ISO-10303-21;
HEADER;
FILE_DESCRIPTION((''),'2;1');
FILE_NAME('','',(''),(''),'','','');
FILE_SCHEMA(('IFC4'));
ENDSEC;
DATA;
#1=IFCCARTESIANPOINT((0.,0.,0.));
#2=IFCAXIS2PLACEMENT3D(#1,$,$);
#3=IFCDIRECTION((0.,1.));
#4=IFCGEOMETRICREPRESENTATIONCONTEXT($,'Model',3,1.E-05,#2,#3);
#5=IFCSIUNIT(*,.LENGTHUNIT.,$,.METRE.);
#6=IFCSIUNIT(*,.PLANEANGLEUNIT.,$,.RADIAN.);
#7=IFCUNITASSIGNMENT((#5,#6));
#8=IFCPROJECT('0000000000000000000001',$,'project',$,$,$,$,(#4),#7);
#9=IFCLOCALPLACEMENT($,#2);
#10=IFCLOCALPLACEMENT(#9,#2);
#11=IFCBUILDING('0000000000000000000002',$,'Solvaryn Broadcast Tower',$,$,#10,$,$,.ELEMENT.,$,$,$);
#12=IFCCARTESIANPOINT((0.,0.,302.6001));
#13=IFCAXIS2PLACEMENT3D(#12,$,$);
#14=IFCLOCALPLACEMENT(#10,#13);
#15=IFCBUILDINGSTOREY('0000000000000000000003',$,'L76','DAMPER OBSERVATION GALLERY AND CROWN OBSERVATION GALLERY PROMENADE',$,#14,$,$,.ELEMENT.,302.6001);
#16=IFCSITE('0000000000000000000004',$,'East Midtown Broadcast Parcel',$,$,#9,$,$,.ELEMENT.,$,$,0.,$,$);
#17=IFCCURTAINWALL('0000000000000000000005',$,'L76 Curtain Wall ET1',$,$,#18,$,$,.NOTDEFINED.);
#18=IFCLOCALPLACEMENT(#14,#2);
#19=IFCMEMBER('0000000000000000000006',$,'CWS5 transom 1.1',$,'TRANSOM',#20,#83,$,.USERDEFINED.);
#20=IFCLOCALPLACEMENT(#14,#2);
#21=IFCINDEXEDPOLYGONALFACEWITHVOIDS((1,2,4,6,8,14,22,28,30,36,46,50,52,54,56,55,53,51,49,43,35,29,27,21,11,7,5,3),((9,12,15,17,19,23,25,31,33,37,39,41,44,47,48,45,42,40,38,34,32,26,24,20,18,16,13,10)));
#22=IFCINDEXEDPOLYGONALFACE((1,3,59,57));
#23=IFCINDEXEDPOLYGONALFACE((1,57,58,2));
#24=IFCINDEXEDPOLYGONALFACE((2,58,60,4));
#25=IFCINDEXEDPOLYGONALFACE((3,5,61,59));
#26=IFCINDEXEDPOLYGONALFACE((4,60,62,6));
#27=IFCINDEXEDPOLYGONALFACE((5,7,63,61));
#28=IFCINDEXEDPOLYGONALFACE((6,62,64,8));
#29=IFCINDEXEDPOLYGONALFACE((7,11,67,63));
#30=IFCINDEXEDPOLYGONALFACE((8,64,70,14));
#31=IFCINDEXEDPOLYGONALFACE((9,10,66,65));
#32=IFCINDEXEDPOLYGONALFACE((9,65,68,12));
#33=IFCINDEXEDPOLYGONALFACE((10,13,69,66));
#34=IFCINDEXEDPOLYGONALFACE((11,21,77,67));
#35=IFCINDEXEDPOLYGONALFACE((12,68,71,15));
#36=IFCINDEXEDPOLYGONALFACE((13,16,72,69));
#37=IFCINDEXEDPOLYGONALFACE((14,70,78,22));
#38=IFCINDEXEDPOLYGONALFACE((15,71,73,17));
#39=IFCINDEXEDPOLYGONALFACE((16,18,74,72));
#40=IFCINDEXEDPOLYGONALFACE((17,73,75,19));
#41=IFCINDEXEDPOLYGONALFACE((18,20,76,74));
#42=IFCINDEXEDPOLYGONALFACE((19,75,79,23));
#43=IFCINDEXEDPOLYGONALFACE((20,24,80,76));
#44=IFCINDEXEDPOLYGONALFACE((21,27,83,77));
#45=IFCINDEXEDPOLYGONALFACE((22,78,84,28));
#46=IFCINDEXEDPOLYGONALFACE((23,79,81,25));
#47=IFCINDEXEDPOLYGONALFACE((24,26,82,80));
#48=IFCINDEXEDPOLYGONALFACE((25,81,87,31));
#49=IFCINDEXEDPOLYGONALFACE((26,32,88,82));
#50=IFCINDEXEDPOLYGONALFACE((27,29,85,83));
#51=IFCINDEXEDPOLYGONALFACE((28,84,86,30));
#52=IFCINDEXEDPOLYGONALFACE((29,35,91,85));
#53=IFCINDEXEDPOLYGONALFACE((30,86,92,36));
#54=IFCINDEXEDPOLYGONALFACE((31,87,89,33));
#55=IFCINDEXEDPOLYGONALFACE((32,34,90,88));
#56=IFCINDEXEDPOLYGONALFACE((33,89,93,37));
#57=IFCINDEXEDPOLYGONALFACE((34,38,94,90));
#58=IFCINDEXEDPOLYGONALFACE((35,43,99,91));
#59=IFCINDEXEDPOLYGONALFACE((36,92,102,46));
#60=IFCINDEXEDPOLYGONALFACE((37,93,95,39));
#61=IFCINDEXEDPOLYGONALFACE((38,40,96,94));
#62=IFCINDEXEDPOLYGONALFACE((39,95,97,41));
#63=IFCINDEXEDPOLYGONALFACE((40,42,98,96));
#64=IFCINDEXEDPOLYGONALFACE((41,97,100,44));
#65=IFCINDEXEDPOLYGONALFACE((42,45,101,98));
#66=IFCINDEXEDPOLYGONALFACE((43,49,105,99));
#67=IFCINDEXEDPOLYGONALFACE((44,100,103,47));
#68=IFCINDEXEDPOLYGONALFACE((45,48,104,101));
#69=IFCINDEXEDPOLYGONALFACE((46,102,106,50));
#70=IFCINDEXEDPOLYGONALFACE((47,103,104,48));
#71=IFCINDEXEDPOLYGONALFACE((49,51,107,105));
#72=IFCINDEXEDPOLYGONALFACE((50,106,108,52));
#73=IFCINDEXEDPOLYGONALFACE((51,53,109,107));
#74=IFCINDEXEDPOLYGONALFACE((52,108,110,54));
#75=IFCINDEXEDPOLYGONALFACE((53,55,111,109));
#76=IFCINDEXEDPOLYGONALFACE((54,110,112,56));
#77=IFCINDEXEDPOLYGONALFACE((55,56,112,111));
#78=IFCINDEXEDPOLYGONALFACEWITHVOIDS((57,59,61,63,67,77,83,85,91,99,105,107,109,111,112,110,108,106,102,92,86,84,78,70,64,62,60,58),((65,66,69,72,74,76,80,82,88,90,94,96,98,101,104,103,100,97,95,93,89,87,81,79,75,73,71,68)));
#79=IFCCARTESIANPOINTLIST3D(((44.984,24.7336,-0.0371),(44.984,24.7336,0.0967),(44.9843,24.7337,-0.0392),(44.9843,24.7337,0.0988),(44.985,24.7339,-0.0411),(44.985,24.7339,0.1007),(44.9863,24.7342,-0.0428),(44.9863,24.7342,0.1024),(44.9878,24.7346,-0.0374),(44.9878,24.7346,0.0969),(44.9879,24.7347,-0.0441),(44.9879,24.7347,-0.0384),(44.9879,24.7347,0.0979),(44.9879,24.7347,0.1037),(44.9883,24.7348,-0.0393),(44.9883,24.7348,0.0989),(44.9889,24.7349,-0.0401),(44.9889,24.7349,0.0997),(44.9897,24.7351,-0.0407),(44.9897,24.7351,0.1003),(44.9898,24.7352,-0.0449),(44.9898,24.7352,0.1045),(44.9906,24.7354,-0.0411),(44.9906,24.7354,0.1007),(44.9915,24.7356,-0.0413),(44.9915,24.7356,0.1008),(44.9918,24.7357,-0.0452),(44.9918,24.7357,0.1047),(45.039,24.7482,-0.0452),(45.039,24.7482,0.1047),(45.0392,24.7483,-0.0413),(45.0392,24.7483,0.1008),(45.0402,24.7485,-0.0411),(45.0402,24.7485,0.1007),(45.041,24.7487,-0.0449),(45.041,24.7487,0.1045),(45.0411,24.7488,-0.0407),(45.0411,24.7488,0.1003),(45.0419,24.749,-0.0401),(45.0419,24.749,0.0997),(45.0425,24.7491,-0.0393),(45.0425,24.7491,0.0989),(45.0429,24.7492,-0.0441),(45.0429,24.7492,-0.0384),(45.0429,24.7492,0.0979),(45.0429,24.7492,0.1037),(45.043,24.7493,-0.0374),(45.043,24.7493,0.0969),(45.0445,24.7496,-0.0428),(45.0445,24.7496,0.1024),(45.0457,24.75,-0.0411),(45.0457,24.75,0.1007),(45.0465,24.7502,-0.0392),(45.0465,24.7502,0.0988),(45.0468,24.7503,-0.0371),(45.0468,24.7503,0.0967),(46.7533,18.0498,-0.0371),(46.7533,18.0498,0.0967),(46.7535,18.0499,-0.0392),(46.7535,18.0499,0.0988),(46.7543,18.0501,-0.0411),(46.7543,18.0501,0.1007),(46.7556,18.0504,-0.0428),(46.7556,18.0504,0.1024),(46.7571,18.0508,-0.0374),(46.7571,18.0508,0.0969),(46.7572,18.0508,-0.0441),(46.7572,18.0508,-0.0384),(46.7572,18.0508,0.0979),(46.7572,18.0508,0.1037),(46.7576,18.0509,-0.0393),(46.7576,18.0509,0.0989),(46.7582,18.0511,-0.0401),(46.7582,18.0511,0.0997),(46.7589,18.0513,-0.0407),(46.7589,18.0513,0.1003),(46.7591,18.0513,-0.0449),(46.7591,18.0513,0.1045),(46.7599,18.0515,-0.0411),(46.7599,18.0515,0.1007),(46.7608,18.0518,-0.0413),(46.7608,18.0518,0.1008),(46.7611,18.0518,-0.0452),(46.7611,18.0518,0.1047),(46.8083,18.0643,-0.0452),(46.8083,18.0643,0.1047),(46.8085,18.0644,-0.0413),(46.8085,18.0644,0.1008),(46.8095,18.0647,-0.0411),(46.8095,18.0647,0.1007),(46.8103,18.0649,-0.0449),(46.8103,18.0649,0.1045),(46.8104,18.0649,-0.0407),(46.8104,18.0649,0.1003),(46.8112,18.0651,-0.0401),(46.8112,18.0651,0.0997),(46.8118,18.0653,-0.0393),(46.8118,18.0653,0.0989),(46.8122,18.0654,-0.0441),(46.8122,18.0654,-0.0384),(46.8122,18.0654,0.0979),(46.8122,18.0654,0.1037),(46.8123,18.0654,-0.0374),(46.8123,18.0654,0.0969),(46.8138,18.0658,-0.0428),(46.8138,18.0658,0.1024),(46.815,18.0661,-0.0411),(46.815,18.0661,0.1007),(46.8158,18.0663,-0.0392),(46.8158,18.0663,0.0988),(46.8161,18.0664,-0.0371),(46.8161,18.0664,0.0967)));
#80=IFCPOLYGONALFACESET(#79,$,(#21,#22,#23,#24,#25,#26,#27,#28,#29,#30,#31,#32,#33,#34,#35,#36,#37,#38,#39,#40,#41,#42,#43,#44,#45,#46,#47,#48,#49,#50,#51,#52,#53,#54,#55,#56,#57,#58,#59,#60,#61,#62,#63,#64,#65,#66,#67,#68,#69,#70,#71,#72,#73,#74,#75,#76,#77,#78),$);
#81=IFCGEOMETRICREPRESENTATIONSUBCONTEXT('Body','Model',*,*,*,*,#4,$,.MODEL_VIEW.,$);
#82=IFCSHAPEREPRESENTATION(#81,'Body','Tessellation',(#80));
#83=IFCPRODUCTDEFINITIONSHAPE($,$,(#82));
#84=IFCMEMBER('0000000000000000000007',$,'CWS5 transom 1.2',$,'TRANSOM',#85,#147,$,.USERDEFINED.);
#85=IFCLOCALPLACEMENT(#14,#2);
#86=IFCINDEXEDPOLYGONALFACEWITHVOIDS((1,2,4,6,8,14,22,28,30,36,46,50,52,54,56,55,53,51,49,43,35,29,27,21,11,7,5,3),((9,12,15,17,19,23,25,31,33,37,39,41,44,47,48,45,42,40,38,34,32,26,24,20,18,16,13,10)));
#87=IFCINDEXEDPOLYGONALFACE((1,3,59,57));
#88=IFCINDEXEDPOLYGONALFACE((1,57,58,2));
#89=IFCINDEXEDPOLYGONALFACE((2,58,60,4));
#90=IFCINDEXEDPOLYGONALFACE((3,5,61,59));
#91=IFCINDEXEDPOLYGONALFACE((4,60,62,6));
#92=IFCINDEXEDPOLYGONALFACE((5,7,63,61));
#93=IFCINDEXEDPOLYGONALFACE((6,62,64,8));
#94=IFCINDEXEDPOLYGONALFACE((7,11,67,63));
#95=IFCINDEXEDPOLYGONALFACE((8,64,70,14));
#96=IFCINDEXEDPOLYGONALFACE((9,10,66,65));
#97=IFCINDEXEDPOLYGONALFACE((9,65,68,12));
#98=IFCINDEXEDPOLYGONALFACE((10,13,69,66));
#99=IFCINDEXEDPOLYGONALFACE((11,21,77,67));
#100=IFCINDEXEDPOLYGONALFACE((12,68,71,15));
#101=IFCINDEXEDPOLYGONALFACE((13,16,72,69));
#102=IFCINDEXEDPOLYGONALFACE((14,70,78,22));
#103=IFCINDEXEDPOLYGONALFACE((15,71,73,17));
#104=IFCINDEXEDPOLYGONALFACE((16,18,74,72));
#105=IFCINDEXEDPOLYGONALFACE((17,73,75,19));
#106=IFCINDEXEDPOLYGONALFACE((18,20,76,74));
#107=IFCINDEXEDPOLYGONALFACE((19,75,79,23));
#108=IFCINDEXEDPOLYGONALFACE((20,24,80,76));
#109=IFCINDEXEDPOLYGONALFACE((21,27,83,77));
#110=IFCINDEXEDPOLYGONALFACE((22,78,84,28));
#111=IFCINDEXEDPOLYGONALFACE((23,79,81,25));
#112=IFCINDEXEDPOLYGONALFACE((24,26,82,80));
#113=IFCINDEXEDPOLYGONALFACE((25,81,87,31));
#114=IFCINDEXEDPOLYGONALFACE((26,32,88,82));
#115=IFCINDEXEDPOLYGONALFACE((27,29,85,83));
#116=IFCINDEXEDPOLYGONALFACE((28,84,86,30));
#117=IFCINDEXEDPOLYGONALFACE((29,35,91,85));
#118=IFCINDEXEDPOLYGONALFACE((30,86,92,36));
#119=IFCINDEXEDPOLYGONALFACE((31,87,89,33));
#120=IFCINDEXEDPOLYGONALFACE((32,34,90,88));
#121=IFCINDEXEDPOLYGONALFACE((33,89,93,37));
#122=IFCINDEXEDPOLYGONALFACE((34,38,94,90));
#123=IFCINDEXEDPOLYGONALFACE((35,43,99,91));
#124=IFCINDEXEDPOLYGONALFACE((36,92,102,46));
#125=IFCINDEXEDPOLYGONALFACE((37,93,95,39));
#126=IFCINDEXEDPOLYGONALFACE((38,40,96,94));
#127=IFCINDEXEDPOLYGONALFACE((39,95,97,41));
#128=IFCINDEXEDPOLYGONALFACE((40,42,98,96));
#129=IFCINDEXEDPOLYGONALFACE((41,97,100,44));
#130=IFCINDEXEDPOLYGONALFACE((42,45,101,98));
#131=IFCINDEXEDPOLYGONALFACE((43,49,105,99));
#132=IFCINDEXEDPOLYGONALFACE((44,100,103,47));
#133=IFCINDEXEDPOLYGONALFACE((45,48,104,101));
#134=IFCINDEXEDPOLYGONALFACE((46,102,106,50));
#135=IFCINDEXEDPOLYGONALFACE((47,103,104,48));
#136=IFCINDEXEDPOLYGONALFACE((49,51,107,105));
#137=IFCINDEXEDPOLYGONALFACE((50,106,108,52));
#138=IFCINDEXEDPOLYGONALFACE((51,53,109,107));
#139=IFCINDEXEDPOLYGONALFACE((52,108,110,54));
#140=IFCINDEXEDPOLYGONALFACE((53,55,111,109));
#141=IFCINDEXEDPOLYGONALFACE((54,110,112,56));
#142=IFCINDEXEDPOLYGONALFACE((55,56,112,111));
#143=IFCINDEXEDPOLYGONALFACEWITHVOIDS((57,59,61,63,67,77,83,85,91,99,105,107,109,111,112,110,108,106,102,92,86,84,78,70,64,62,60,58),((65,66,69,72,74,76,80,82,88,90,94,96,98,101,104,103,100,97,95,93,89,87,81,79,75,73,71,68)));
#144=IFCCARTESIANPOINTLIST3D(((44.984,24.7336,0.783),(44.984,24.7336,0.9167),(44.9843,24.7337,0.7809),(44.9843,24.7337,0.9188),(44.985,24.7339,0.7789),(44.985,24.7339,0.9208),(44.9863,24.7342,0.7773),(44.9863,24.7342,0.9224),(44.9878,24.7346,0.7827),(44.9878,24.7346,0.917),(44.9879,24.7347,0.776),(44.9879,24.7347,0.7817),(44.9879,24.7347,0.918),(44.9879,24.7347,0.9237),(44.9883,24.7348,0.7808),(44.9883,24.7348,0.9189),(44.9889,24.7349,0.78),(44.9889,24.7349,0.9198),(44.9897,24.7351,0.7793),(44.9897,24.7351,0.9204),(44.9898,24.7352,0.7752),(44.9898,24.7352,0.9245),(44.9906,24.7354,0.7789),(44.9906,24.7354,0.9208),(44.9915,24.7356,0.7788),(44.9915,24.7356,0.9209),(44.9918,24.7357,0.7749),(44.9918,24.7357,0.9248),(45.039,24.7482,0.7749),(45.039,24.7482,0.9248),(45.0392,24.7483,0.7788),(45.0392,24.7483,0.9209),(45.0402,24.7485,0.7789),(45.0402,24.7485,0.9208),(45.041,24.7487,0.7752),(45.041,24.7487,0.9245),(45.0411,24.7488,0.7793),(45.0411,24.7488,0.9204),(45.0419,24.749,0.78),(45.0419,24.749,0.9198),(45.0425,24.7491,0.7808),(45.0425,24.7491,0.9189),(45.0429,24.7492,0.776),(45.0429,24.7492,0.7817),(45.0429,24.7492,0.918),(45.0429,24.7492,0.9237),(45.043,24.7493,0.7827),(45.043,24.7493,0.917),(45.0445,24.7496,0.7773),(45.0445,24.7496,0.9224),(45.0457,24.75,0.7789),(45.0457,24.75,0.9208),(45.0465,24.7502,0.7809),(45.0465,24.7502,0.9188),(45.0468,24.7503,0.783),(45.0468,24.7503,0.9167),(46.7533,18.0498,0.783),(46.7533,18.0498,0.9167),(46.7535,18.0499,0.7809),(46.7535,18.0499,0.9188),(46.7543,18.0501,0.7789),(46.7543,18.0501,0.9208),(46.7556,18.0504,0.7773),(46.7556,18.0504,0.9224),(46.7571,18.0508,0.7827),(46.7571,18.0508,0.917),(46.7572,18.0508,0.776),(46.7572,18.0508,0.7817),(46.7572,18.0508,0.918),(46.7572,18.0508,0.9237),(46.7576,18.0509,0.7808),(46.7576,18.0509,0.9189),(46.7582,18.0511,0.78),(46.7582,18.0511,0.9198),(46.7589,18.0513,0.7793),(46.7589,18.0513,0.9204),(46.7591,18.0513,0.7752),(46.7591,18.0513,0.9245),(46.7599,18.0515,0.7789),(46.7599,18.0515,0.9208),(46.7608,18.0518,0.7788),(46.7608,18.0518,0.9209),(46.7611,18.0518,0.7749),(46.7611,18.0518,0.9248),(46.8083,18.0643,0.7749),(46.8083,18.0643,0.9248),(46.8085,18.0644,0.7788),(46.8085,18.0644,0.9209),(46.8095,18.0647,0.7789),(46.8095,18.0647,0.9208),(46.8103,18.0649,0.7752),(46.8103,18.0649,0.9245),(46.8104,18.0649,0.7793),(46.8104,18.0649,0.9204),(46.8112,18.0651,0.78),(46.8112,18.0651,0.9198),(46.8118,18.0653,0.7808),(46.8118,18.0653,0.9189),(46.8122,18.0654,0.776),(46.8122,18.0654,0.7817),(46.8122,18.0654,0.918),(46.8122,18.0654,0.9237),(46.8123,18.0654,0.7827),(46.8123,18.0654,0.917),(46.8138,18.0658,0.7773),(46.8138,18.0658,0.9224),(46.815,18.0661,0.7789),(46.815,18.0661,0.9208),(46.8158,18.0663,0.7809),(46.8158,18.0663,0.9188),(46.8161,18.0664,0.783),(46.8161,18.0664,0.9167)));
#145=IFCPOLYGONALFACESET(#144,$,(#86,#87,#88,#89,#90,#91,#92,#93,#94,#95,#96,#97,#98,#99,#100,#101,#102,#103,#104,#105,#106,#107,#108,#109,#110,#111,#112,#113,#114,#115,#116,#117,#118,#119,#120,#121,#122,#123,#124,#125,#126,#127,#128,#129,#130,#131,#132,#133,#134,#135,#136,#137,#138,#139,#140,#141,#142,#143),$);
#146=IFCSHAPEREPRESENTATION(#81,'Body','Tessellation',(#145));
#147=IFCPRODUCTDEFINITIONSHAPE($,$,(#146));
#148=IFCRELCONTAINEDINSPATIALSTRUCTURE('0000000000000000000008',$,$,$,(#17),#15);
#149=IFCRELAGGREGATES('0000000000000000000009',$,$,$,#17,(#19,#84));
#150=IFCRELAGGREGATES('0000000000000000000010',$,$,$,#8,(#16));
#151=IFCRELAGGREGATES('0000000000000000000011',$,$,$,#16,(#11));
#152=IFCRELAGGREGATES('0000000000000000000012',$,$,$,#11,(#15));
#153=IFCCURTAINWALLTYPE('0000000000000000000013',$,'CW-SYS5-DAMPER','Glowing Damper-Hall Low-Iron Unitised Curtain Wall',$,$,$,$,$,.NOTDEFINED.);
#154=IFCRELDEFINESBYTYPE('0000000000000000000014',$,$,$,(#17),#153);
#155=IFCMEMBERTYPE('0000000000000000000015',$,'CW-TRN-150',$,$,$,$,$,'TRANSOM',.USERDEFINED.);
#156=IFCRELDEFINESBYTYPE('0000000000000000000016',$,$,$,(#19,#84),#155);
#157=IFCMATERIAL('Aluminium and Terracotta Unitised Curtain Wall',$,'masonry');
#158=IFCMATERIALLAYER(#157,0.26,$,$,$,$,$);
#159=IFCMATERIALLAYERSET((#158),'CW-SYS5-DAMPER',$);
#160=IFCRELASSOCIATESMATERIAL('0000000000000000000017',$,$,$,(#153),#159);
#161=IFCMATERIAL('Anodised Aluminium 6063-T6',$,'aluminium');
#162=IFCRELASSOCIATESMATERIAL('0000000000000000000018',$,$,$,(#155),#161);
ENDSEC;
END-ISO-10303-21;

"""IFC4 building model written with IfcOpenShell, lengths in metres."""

from ifc_helpers import new_model, si_unit, direction, frame, origin, origin_2d, place, context, subcontext, project, spatial, hollow_rectangle, extrude, material, layer, layer_set, material_profile, profile_set, type_object, element, aggregate, save


model = new_model("IFC4")

# Units and contexts
model_context = context("Model", 3, precision=1e-05, world=origin(), true_north=direction((0.0, 1.0)))
body_context = subcontext(model_context, "Body", "Model", "MODEL_VIEW")
ifc_project = project(units=[si_unit("LENGTHUNIT", "METRE"), si_unit("PLANEANGLEUNIT", "RADIAN")], contexts=[model_context])

# Site, building, storey
site_placement = place(None, origin())
site = spatial("IfcSite", under=ifc_project, at=site_placement, Name="East Midtown Broadcast Parcel", CompositionType="ELEMENT", RefElevation=0.0)
building_placement = place(site_placement, origin())
building = spatial("IfcBuilding", under=site, at=building_placement, Name="Solvaryn Broadcast Tower", CompositionType="ELEMENT")
storey_placement = place(building_placement, frame((0.0, 0.0, 302.6001)))
storey = spatial("IfcBuildingStorey", under=building, at=storey_placement, Name="L76", Description="DAMPER OBSERVATION GALLERY AND CROWN OBSERVATION GALLERY PROMENADE", CompositionType="ELEMENT", Elevation=302.6001)

# Shared definitions
ifc_material_1 = material(Name="Aluminium and Terracotta Unitised Curtain Wall", Category="masonry")
ifc_layer_1 = layer(ifc_material_1, 0.26)
ifc_layer_set_1 = layer_set([ifc_layer_1], Name="CW-SYS5-DAMPER")
curtain_wall_type = type_object("IfcCurtainWallType", Name="CW-SYS5-DAMPER", Description="Glowing Damper-Hall Low-Iron Unitised Curtain Wall", PredefinedType="NOTDEFINED", material=ifc_layer_set_1)

# Curtain wall
curtain_wall_1_placement = place(storey_placement, origin())
curtain_wall_1 = element("IfcCurtainWall", 1, at=curtain_wall_1_placement, inside=storey, type_object=curtain_wall_type, Name="L76 Curtain Wall ET1", PredefinedType="NOTDEFINED")

# Members
ifc_material_2 = material(Name="Anodised Aluminium 6063-T6", Category="aluminium")
ifc_material_profile_1 = material_profile(ifc_material_2, hollow_rectangle(XDim=0.0649, YDim=0.1499, WallThickness=0.0039, InnerFilletRadius=0.0039, OuterFilletRadius=0.0081, at=origin_2d()))
ifc_profile_set_1 = profile_set([ifc_material_profile_1], Name="Anodised Aluminium 6063-T6")
member_type_1 = type_object("IfcMemberType", Name="CW-TRN-150", ElementType="TRANSOM", PredefinedType="USERDEFINED", material=ifc_profile_set_1)
member_1_placement = place(storey_placement, frame((45.0154, 24.7419, 0.0298), z_axis=(0.255897, -0.966704, 0.0), x_axis=(0.966704, 0.255897, 0.0)))
member_1 = element("IfcMember", 2, at=member_1_placement, type_object=member_type_1, Name="CWS5 transom 1.1", ObjectType="TRANSOM", PredefinedType="USERDEFINED", context=body_context, shape_type="SweptSolid", body=[
    extrude(hollow_rectangle(XDim=0.0649, YDim=0.1499, WallThickness=0.0039, InnerFilletRadius=0.0039, OuterFilletRadius=0.0081, at=origin_2d()), origin(), (0.0, 0.0, 1.0), 6.9141),
])
member_2_placement = place(storey_placement, frame((45.0154, 24.7419, 0.8499), z_axis=(0.255897, -0.966704, 0.0), x_axis=(0.966704, 0.255897, 0.0)))
member_2 = element("IfcMember", 3, at=member_2_placement, type_object=member_type_1, Name="CWS5 transom 1.2", ObjectType="TRANSOM", PredefinedType="USERDEFINED", context=body_context, shape_type="SweptSolid", body=[
    extrude(hollow_rectangle(XDim=0.0649, YDim=0.1499, WallThickness=0.0039, InnerFilletRadius=0.0039, OuterFilletRadius=0.0081, at=origin_2d()), origin(), (0.0, 0.0, 1.0), 6.9141),
])
aggregate(curtain_wall_1, [member_1, member_2])

save(model, "model.ifc")
